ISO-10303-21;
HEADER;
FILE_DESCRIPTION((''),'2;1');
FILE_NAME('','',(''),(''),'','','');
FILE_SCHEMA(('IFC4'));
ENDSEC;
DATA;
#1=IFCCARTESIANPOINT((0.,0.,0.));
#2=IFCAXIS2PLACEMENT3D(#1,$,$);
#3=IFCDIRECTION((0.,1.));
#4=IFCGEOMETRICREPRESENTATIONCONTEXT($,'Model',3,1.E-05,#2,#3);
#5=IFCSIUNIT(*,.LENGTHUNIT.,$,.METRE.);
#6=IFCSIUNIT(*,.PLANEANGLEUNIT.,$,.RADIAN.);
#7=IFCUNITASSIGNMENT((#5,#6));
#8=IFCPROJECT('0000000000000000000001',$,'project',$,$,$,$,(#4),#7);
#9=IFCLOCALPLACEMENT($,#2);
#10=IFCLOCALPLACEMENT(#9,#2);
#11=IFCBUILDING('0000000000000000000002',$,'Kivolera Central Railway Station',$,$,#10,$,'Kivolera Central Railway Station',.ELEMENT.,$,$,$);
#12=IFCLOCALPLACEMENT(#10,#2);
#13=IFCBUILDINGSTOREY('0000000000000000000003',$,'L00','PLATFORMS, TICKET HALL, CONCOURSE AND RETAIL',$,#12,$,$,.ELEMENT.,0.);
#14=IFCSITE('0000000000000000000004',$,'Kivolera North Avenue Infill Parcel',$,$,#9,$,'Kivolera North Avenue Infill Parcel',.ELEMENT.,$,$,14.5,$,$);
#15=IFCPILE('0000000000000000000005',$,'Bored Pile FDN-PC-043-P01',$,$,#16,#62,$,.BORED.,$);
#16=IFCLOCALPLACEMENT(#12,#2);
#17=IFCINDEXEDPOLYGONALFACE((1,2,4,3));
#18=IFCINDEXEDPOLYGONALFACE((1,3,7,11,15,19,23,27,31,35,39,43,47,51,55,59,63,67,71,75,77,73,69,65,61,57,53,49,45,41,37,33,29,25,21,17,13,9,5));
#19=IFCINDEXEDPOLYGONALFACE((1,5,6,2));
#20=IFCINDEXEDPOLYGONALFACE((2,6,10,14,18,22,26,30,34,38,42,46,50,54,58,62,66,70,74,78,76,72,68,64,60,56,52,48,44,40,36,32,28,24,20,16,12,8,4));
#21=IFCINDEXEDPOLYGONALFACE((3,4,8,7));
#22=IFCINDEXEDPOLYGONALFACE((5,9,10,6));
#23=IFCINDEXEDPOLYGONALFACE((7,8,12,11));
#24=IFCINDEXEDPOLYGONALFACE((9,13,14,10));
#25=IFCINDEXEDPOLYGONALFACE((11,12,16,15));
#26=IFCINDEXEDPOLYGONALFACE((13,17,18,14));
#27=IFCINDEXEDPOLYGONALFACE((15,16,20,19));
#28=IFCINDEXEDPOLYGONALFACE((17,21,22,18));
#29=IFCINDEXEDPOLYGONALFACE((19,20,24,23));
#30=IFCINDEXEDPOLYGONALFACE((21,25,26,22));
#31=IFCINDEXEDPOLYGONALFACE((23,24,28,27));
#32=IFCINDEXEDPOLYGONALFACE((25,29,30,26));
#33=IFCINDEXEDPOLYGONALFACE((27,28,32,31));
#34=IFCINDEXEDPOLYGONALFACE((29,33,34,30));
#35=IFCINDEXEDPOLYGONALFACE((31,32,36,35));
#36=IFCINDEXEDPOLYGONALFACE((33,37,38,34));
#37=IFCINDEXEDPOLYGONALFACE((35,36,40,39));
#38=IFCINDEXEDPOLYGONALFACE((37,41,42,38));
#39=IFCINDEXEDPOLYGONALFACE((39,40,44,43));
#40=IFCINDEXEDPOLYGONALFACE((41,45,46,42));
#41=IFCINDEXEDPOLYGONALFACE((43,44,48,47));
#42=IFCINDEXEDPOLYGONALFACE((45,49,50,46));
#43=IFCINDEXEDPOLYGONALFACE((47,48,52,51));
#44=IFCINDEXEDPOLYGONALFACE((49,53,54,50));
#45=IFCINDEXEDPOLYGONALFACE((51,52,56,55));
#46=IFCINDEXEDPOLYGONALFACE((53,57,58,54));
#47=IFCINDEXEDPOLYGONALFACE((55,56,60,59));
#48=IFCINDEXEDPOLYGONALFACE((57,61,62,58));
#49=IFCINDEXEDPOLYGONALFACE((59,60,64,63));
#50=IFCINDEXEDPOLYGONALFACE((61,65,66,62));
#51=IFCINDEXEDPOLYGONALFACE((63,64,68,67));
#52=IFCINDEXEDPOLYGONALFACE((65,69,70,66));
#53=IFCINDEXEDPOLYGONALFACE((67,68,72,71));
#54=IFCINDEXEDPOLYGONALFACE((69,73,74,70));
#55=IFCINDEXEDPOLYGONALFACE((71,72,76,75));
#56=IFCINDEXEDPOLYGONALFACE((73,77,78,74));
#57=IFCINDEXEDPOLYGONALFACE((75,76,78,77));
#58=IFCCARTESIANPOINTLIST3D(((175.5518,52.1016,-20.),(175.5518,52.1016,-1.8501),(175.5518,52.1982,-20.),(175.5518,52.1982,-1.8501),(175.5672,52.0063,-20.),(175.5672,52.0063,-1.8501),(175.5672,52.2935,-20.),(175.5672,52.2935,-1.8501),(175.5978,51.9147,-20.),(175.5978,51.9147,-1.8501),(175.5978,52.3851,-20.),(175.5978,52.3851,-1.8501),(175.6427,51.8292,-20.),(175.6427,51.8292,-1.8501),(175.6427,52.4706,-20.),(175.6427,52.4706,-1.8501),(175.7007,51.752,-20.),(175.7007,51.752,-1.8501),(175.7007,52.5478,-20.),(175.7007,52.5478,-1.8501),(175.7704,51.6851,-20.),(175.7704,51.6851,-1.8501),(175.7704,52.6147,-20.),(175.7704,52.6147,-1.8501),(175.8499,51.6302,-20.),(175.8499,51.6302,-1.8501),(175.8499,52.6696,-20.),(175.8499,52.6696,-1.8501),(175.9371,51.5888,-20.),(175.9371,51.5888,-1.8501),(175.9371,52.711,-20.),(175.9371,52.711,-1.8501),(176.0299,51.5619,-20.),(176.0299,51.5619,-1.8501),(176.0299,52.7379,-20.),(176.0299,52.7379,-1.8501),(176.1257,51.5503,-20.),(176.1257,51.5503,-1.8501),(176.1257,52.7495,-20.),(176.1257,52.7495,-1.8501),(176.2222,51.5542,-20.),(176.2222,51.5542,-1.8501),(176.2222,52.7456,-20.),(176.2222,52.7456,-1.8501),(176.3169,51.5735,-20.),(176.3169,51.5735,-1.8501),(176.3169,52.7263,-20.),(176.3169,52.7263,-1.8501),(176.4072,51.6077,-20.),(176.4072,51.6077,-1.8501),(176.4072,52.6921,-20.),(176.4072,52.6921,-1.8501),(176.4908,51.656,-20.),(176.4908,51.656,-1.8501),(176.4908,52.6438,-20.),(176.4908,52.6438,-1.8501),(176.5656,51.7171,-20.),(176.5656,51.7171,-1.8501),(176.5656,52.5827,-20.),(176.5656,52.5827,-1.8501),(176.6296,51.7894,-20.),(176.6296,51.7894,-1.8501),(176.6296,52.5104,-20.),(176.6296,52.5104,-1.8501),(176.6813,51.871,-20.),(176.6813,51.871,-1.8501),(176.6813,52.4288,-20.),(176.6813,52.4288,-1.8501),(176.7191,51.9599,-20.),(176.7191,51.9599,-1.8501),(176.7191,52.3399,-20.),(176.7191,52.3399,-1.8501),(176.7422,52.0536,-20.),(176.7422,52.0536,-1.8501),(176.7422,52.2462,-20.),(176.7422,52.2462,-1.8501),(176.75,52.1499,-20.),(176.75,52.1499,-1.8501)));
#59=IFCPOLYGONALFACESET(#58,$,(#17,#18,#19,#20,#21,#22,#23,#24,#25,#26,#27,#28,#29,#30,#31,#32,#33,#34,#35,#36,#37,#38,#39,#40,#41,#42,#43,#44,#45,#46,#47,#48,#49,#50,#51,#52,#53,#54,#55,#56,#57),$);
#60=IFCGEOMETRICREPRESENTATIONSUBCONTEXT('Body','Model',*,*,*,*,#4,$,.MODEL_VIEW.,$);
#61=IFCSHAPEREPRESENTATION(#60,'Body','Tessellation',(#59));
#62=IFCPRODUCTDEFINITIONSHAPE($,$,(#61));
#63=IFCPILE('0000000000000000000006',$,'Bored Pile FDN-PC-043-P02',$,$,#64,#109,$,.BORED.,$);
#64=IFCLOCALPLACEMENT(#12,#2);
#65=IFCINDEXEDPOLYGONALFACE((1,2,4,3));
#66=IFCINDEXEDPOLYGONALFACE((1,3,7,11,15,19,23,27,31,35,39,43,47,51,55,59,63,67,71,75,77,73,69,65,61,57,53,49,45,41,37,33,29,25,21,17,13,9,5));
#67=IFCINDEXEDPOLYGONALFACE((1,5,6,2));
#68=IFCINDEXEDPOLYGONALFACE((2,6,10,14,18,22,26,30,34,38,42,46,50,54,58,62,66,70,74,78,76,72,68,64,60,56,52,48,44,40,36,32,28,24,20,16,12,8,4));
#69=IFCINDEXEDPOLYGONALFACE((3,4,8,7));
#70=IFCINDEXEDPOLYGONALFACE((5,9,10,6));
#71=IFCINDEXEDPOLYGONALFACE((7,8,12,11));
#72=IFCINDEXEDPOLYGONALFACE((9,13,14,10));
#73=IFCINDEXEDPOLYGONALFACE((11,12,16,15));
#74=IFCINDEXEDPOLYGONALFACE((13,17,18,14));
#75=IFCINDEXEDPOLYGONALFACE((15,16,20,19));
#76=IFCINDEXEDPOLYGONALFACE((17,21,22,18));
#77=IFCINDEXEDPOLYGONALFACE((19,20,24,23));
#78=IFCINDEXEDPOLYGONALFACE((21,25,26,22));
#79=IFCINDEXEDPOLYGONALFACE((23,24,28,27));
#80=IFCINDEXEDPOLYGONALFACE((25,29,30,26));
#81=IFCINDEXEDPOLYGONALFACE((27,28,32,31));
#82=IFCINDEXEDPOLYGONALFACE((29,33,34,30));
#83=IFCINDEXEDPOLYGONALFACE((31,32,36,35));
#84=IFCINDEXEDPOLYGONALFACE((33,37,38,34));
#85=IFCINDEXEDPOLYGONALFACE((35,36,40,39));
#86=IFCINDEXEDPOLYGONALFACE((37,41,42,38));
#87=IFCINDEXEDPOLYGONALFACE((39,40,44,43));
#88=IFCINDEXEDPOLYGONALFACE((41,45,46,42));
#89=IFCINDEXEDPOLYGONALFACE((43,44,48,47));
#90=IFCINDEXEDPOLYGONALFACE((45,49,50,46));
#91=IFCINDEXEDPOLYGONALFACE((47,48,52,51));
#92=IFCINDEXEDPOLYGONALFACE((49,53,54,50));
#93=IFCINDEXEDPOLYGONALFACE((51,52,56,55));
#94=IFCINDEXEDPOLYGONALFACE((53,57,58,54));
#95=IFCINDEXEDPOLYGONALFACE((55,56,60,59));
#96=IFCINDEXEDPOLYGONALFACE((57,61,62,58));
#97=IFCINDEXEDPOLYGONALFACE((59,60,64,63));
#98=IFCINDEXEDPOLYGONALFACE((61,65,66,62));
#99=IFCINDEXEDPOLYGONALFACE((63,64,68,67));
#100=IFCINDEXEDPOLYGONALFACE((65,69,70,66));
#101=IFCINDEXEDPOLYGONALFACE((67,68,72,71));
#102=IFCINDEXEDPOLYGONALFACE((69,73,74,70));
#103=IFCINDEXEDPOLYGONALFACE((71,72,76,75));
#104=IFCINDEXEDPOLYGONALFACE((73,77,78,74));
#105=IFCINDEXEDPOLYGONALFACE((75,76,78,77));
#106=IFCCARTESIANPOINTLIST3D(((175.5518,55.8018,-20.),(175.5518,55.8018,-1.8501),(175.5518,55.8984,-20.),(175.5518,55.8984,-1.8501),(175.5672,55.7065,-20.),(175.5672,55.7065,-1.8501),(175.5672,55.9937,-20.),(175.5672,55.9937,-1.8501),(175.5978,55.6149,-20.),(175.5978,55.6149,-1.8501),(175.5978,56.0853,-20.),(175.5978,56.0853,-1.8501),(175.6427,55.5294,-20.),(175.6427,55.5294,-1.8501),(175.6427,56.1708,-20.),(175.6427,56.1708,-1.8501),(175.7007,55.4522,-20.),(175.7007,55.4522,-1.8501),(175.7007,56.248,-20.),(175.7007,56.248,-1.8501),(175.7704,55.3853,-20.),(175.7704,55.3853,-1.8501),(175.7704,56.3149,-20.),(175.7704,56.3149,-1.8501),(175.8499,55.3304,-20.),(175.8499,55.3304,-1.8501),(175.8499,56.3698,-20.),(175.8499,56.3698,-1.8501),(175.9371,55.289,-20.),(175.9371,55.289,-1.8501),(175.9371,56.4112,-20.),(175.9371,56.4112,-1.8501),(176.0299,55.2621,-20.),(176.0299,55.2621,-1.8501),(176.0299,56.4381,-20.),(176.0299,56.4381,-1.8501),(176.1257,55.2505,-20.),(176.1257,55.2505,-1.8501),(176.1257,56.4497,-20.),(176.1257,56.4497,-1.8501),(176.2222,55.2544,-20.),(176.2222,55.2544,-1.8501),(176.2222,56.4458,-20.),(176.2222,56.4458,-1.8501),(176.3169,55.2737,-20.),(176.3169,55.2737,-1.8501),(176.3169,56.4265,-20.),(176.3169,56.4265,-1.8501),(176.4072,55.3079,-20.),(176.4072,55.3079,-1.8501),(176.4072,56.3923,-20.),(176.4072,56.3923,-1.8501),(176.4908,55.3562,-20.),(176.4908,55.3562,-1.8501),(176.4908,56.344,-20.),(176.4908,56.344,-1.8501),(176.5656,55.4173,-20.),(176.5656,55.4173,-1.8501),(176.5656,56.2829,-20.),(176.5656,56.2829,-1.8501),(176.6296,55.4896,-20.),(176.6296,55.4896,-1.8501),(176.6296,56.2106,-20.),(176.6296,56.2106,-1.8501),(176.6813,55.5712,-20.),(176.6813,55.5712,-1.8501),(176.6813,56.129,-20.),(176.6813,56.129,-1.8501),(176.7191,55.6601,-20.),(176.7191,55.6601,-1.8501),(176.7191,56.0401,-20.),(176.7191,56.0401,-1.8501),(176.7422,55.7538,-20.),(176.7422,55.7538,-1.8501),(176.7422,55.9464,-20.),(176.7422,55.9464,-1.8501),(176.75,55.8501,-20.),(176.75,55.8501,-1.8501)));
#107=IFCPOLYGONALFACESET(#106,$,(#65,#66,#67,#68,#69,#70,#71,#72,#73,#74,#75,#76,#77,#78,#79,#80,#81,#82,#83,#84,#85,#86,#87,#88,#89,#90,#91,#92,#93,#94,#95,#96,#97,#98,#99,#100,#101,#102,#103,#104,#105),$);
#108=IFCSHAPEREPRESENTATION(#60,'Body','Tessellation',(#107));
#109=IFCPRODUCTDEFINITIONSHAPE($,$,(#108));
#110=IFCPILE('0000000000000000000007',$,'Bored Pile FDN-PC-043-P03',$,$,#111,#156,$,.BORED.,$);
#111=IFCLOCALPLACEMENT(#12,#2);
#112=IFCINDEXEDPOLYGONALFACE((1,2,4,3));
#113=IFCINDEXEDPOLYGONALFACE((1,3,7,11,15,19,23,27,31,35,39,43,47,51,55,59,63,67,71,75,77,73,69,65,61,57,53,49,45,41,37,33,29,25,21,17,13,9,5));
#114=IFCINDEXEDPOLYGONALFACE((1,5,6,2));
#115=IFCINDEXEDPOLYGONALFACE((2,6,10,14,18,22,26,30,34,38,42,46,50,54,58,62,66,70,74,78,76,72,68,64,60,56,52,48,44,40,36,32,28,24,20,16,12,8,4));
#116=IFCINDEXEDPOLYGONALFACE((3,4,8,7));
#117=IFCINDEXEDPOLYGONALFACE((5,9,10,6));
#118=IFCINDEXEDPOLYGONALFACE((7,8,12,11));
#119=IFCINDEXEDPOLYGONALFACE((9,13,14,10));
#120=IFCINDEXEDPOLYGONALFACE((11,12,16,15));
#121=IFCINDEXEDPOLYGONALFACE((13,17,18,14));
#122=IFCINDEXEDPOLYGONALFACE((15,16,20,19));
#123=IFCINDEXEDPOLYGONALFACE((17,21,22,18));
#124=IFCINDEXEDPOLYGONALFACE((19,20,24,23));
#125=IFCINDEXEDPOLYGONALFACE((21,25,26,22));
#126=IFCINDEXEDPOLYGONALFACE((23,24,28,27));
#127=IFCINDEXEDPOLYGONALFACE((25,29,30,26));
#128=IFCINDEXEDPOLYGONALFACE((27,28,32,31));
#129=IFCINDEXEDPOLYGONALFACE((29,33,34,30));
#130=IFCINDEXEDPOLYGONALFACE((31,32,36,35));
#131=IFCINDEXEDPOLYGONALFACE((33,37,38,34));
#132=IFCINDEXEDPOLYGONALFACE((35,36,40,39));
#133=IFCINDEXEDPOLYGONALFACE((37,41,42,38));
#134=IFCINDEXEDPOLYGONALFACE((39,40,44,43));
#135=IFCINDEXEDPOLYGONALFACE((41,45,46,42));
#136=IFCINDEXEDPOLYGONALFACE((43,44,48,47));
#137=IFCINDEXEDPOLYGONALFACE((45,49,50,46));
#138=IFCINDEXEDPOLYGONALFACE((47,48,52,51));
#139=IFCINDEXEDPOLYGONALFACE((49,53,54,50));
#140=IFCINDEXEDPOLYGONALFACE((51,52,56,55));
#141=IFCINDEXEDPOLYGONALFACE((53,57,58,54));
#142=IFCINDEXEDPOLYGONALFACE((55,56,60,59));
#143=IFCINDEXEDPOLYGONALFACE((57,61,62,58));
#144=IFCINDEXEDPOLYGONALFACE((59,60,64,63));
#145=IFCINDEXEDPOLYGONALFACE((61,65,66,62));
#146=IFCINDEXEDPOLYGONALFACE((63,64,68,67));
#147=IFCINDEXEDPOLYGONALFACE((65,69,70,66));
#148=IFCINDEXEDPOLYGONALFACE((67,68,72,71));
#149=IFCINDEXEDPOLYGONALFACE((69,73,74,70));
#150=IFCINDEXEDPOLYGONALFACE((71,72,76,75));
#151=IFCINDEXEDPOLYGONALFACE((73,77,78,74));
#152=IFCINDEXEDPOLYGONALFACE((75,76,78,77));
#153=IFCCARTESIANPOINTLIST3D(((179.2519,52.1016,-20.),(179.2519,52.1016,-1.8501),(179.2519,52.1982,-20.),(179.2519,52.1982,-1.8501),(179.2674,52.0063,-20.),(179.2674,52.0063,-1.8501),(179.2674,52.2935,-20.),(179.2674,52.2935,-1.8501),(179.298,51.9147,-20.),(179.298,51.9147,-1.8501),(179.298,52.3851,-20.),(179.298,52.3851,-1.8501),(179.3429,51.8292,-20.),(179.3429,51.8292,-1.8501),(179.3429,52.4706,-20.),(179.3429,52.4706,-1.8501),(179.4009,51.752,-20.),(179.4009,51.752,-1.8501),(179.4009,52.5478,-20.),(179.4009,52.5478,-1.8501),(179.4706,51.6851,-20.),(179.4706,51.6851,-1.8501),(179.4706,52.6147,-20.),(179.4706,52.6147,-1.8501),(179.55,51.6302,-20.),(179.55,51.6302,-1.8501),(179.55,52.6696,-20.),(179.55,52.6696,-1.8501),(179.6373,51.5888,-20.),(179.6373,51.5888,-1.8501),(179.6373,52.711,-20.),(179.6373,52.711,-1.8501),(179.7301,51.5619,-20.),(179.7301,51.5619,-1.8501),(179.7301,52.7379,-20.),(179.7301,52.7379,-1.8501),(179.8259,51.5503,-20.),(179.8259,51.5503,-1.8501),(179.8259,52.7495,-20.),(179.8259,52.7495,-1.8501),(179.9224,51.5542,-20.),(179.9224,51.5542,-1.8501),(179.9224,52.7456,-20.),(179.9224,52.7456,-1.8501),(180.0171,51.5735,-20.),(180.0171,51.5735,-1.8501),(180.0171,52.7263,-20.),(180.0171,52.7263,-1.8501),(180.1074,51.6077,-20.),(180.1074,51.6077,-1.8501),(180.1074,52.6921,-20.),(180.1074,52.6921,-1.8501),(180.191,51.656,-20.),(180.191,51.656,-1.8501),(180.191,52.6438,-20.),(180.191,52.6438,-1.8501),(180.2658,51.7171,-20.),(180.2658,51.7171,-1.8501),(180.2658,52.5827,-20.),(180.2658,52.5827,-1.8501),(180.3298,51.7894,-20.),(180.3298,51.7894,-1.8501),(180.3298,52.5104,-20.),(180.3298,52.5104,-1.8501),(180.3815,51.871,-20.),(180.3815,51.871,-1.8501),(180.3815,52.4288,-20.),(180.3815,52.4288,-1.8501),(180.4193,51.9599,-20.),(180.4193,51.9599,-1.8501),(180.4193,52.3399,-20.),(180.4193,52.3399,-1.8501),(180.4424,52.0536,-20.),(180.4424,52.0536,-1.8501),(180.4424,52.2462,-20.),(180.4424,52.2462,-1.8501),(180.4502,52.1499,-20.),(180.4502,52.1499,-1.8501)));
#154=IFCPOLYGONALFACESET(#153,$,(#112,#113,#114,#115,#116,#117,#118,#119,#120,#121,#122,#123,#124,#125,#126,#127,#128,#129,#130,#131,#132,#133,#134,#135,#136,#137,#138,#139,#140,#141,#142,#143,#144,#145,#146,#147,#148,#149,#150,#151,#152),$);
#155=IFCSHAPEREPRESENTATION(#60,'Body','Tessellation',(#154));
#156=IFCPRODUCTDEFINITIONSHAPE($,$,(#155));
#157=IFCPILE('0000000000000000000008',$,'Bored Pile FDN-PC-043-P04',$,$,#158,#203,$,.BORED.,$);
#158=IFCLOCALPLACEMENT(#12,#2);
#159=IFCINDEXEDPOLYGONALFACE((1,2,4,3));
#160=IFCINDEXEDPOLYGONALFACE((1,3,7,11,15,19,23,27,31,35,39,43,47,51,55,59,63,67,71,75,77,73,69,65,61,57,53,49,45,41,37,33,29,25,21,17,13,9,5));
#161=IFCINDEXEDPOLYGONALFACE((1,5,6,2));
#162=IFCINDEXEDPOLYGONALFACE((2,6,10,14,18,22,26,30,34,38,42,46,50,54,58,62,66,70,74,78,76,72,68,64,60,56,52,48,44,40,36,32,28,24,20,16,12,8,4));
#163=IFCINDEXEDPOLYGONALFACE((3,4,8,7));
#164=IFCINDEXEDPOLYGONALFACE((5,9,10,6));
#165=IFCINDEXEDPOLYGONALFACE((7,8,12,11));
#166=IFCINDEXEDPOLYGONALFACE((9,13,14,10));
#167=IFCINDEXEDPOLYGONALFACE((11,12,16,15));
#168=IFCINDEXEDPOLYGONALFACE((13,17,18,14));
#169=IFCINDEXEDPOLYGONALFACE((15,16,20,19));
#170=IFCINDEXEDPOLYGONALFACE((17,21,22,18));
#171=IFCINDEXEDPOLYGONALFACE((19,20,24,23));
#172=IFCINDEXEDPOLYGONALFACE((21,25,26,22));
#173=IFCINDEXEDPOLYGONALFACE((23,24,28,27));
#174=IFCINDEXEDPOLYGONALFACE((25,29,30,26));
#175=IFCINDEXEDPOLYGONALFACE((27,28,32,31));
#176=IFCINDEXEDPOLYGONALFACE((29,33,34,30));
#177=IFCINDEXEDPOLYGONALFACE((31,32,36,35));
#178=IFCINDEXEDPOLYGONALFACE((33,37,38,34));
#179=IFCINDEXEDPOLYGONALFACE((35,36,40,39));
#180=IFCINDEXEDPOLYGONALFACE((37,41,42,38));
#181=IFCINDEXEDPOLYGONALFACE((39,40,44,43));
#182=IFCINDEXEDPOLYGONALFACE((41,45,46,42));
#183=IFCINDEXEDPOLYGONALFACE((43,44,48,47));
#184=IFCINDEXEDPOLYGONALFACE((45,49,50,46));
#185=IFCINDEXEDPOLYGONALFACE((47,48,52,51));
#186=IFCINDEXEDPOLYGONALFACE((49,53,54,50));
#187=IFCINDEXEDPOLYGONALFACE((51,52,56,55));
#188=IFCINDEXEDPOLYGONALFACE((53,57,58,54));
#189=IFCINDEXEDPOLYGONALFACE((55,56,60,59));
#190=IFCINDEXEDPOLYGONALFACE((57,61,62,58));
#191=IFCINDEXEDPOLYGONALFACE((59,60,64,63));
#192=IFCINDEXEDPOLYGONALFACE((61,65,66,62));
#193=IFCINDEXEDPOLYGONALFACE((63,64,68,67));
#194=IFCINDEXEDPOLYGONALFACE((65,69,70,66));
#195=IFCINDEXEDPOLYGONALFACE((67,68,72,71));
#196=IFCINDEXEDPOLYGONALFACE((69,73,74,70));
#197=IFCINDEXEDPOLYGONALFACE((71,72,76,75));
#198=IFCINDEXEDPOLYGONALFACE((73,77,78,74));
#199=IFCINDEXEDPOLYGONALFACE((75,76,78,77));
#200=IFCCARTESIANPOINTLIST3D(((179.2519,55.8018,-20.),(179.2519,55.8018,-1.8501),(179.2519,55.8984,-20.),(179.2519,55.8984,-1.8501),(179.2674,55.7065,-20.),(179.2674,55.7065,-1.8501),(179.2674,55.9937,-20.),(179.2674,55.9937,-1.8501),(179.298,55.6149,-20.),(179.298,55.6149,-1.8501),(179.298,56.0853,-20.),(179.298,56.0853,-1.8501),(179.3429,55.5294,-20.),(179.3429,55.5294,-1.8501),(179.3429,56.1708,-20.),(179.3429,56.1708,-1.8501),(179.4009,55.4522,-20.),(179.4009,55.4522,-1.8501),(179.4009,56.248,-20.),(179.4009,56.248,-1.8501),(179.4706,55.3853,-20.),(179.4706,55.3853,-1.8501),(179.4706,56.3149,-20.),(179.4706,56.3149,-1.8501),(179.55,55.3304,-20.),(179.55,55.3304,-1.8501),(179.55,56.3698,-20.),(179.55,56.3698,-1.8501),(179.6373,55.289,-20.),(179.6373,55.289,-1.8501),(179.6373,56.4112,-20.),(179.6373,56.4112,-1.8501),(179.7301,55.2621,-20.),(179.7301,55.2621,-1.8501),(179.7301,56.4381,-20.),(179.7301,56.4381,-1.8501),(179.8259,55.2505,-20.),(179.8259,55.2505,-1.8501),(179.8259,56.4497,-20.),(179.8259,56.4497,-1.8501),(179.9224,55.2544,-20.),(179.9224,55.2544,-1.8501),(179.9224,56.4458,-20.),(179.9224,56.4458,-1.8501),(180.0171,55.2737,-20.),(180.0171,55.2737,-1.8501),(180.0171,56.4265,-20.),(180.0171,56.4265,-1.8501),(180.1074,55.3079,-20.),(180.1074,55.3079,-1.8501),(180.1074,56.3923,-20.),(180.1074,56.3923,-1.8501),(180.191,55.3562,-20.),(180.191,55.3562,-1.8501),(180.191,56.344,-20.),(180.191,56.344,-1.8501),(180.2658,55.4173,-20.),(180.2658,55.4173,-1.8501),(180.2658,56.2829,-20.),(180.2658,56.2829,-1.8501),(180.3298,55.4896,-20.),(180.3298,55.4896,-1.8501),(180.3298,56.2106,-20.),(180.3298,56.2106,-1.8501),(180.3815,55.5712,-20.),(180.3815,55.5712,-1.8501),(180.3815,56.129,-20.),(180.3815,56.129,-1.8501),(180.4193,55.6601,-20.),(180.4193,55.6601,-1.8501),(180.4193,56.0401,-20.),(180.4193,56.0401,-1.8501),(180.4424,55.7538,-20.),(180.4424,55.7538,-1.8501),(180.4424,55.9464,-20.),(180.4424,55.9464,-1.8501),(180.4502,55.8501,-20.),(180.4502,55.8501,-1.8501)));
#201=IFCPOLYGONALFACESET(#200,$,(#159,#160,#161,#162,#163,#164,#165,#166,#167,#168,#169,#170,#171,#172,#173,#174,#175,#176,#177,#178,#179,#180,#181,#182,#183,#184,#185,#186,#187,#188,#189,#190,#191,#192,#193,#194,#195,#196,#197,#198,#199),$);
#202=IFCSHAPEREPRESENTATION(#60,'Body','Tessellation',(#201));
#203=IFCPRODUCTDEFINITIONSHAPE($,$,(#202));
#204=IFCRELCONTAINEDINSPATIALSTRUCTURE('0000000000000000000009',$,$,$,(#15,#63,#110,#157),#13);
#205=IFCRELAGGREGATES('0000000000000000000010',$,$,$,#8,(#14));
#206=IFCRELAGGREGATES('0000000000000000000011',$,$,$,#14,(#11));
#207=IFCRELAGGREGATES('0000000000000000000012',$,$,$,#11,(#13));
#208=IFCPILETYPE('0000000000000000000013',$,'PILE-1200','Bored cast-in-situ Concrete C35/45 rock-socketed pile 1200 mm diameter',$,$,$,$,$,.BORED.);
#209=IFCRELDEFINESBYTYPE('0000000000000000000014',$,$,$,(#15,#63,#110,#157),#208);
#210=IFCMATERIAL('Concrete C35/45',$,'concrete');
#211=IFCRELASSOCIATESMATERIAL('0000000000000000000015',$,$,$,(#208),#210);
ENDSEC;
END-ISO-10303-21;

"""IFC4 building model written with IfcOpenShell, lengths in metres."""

from ifc_helpers import new_model, si_unit, direction, frame, origin, origin_2d, place, context, subcontext, project, spatial, circle, extrude, material, material_profile, profile_set, type_object, element, save


model = new_model("IFC4")

# Units and contexts
model_context = context("Model", 3, precision=1e-05, world=origin(), true_north=direction((0.0, 1.0)))
body_context = subcontext(model_context, "Body", "Model", "MODEL_VIEW")
ifc_project = project(units=[si_unit("LENGTHUNIT", "METRE"), si_unit("PLANEANGLEUNIT", "RADIAN")], contexts=[model_context])

# Site, building, storey
site_placement = place(None, origin())
site = spatial("IfcSite", under=ifc_project, at=site_placement, Name="Kivolera North Avenue Infill Parcel", LongName="Kivolera North Avenue Infill Parcel", CompositionType="ELEMENT", RefElevation=14.5)
building_placement = place(site_placement, origin())
building = spatial("IfcBuilding", under=site, at=building_placement, Name="Kivolera Central Railway Station", LongName="Kivolera Central Railway Station", CompositionType="ELEMENT")
storey_placement = place(building_placement, origin())
storey = spatial("IfcBuildingStorey", under=building, at=storey_placement, Name="L00", Description="PLATFORMS, TICKET HALL, CONCOURSE AND RETAIL", CompositionType="ELEMENT", Elevation=0.0)

# Shared definitions
ifc_material_1 = material(Name="Concrete C35/45", Category="concrete")

# Piles
ifc_material_profile_1 = material_profile(ifc_material_1, circle(Radius=0.6001, at=origin_2d()), Name="PILE D1200")
ifc_profile_set_1 = profile_set([ifc_material_profile_1], Name="Concrete C35/45")
pile_type = type_object("IfcPileType", Name="PILE-1200", Description="Bored cast-in-situ Concrete C35/45 rock-socketed pile 1200 mm diameter", PredefinedType="BORED", material=ifc_profile_set_1)
for number, where, z_axis, x_axis, name in (
    (1, (176.1499, 52.1499, -1.8501), (0.0, 0.0, -1.0), (1.0, 0.0, 0.0), "Bored Pile FDN-PC-043-P01"),
    (2, (176.1499, 55.8501, -1.8501), (0.0, 0.0, -1.0), (1.0, 0.0, 0.0), "Bored Pile FDN-PC-043-P02"),
    (3, (179.8501, 52.1499, -1.8501), (0.0, 0.0, -1.0), (1.0, 0.0, 0.0), "Bored Pile FDN-PC-043-P03"),
    (4, (179.8501, 55.8501, -1.8501), (0.0, 0.0, -1.0), (1.0, 0.0, 0.0), "Bored Pile FDN-PC-043-P04"),
):
    element("IfcPile", number, at=place(storey_placement, frame(where, z_axis=z_axis, x_axis=x_axis)), inside=storey, type_object=pile_type, Name=name, PredefinedType="BORED", context=body_context, shape_type="SweptSolid", body=[
        extrude(circle(Radius=0.6001, at=origin_2d()), origin(), (0.0, 0.0, 1.0), 18.1499),
    ])

save(model, "model.ifc")
